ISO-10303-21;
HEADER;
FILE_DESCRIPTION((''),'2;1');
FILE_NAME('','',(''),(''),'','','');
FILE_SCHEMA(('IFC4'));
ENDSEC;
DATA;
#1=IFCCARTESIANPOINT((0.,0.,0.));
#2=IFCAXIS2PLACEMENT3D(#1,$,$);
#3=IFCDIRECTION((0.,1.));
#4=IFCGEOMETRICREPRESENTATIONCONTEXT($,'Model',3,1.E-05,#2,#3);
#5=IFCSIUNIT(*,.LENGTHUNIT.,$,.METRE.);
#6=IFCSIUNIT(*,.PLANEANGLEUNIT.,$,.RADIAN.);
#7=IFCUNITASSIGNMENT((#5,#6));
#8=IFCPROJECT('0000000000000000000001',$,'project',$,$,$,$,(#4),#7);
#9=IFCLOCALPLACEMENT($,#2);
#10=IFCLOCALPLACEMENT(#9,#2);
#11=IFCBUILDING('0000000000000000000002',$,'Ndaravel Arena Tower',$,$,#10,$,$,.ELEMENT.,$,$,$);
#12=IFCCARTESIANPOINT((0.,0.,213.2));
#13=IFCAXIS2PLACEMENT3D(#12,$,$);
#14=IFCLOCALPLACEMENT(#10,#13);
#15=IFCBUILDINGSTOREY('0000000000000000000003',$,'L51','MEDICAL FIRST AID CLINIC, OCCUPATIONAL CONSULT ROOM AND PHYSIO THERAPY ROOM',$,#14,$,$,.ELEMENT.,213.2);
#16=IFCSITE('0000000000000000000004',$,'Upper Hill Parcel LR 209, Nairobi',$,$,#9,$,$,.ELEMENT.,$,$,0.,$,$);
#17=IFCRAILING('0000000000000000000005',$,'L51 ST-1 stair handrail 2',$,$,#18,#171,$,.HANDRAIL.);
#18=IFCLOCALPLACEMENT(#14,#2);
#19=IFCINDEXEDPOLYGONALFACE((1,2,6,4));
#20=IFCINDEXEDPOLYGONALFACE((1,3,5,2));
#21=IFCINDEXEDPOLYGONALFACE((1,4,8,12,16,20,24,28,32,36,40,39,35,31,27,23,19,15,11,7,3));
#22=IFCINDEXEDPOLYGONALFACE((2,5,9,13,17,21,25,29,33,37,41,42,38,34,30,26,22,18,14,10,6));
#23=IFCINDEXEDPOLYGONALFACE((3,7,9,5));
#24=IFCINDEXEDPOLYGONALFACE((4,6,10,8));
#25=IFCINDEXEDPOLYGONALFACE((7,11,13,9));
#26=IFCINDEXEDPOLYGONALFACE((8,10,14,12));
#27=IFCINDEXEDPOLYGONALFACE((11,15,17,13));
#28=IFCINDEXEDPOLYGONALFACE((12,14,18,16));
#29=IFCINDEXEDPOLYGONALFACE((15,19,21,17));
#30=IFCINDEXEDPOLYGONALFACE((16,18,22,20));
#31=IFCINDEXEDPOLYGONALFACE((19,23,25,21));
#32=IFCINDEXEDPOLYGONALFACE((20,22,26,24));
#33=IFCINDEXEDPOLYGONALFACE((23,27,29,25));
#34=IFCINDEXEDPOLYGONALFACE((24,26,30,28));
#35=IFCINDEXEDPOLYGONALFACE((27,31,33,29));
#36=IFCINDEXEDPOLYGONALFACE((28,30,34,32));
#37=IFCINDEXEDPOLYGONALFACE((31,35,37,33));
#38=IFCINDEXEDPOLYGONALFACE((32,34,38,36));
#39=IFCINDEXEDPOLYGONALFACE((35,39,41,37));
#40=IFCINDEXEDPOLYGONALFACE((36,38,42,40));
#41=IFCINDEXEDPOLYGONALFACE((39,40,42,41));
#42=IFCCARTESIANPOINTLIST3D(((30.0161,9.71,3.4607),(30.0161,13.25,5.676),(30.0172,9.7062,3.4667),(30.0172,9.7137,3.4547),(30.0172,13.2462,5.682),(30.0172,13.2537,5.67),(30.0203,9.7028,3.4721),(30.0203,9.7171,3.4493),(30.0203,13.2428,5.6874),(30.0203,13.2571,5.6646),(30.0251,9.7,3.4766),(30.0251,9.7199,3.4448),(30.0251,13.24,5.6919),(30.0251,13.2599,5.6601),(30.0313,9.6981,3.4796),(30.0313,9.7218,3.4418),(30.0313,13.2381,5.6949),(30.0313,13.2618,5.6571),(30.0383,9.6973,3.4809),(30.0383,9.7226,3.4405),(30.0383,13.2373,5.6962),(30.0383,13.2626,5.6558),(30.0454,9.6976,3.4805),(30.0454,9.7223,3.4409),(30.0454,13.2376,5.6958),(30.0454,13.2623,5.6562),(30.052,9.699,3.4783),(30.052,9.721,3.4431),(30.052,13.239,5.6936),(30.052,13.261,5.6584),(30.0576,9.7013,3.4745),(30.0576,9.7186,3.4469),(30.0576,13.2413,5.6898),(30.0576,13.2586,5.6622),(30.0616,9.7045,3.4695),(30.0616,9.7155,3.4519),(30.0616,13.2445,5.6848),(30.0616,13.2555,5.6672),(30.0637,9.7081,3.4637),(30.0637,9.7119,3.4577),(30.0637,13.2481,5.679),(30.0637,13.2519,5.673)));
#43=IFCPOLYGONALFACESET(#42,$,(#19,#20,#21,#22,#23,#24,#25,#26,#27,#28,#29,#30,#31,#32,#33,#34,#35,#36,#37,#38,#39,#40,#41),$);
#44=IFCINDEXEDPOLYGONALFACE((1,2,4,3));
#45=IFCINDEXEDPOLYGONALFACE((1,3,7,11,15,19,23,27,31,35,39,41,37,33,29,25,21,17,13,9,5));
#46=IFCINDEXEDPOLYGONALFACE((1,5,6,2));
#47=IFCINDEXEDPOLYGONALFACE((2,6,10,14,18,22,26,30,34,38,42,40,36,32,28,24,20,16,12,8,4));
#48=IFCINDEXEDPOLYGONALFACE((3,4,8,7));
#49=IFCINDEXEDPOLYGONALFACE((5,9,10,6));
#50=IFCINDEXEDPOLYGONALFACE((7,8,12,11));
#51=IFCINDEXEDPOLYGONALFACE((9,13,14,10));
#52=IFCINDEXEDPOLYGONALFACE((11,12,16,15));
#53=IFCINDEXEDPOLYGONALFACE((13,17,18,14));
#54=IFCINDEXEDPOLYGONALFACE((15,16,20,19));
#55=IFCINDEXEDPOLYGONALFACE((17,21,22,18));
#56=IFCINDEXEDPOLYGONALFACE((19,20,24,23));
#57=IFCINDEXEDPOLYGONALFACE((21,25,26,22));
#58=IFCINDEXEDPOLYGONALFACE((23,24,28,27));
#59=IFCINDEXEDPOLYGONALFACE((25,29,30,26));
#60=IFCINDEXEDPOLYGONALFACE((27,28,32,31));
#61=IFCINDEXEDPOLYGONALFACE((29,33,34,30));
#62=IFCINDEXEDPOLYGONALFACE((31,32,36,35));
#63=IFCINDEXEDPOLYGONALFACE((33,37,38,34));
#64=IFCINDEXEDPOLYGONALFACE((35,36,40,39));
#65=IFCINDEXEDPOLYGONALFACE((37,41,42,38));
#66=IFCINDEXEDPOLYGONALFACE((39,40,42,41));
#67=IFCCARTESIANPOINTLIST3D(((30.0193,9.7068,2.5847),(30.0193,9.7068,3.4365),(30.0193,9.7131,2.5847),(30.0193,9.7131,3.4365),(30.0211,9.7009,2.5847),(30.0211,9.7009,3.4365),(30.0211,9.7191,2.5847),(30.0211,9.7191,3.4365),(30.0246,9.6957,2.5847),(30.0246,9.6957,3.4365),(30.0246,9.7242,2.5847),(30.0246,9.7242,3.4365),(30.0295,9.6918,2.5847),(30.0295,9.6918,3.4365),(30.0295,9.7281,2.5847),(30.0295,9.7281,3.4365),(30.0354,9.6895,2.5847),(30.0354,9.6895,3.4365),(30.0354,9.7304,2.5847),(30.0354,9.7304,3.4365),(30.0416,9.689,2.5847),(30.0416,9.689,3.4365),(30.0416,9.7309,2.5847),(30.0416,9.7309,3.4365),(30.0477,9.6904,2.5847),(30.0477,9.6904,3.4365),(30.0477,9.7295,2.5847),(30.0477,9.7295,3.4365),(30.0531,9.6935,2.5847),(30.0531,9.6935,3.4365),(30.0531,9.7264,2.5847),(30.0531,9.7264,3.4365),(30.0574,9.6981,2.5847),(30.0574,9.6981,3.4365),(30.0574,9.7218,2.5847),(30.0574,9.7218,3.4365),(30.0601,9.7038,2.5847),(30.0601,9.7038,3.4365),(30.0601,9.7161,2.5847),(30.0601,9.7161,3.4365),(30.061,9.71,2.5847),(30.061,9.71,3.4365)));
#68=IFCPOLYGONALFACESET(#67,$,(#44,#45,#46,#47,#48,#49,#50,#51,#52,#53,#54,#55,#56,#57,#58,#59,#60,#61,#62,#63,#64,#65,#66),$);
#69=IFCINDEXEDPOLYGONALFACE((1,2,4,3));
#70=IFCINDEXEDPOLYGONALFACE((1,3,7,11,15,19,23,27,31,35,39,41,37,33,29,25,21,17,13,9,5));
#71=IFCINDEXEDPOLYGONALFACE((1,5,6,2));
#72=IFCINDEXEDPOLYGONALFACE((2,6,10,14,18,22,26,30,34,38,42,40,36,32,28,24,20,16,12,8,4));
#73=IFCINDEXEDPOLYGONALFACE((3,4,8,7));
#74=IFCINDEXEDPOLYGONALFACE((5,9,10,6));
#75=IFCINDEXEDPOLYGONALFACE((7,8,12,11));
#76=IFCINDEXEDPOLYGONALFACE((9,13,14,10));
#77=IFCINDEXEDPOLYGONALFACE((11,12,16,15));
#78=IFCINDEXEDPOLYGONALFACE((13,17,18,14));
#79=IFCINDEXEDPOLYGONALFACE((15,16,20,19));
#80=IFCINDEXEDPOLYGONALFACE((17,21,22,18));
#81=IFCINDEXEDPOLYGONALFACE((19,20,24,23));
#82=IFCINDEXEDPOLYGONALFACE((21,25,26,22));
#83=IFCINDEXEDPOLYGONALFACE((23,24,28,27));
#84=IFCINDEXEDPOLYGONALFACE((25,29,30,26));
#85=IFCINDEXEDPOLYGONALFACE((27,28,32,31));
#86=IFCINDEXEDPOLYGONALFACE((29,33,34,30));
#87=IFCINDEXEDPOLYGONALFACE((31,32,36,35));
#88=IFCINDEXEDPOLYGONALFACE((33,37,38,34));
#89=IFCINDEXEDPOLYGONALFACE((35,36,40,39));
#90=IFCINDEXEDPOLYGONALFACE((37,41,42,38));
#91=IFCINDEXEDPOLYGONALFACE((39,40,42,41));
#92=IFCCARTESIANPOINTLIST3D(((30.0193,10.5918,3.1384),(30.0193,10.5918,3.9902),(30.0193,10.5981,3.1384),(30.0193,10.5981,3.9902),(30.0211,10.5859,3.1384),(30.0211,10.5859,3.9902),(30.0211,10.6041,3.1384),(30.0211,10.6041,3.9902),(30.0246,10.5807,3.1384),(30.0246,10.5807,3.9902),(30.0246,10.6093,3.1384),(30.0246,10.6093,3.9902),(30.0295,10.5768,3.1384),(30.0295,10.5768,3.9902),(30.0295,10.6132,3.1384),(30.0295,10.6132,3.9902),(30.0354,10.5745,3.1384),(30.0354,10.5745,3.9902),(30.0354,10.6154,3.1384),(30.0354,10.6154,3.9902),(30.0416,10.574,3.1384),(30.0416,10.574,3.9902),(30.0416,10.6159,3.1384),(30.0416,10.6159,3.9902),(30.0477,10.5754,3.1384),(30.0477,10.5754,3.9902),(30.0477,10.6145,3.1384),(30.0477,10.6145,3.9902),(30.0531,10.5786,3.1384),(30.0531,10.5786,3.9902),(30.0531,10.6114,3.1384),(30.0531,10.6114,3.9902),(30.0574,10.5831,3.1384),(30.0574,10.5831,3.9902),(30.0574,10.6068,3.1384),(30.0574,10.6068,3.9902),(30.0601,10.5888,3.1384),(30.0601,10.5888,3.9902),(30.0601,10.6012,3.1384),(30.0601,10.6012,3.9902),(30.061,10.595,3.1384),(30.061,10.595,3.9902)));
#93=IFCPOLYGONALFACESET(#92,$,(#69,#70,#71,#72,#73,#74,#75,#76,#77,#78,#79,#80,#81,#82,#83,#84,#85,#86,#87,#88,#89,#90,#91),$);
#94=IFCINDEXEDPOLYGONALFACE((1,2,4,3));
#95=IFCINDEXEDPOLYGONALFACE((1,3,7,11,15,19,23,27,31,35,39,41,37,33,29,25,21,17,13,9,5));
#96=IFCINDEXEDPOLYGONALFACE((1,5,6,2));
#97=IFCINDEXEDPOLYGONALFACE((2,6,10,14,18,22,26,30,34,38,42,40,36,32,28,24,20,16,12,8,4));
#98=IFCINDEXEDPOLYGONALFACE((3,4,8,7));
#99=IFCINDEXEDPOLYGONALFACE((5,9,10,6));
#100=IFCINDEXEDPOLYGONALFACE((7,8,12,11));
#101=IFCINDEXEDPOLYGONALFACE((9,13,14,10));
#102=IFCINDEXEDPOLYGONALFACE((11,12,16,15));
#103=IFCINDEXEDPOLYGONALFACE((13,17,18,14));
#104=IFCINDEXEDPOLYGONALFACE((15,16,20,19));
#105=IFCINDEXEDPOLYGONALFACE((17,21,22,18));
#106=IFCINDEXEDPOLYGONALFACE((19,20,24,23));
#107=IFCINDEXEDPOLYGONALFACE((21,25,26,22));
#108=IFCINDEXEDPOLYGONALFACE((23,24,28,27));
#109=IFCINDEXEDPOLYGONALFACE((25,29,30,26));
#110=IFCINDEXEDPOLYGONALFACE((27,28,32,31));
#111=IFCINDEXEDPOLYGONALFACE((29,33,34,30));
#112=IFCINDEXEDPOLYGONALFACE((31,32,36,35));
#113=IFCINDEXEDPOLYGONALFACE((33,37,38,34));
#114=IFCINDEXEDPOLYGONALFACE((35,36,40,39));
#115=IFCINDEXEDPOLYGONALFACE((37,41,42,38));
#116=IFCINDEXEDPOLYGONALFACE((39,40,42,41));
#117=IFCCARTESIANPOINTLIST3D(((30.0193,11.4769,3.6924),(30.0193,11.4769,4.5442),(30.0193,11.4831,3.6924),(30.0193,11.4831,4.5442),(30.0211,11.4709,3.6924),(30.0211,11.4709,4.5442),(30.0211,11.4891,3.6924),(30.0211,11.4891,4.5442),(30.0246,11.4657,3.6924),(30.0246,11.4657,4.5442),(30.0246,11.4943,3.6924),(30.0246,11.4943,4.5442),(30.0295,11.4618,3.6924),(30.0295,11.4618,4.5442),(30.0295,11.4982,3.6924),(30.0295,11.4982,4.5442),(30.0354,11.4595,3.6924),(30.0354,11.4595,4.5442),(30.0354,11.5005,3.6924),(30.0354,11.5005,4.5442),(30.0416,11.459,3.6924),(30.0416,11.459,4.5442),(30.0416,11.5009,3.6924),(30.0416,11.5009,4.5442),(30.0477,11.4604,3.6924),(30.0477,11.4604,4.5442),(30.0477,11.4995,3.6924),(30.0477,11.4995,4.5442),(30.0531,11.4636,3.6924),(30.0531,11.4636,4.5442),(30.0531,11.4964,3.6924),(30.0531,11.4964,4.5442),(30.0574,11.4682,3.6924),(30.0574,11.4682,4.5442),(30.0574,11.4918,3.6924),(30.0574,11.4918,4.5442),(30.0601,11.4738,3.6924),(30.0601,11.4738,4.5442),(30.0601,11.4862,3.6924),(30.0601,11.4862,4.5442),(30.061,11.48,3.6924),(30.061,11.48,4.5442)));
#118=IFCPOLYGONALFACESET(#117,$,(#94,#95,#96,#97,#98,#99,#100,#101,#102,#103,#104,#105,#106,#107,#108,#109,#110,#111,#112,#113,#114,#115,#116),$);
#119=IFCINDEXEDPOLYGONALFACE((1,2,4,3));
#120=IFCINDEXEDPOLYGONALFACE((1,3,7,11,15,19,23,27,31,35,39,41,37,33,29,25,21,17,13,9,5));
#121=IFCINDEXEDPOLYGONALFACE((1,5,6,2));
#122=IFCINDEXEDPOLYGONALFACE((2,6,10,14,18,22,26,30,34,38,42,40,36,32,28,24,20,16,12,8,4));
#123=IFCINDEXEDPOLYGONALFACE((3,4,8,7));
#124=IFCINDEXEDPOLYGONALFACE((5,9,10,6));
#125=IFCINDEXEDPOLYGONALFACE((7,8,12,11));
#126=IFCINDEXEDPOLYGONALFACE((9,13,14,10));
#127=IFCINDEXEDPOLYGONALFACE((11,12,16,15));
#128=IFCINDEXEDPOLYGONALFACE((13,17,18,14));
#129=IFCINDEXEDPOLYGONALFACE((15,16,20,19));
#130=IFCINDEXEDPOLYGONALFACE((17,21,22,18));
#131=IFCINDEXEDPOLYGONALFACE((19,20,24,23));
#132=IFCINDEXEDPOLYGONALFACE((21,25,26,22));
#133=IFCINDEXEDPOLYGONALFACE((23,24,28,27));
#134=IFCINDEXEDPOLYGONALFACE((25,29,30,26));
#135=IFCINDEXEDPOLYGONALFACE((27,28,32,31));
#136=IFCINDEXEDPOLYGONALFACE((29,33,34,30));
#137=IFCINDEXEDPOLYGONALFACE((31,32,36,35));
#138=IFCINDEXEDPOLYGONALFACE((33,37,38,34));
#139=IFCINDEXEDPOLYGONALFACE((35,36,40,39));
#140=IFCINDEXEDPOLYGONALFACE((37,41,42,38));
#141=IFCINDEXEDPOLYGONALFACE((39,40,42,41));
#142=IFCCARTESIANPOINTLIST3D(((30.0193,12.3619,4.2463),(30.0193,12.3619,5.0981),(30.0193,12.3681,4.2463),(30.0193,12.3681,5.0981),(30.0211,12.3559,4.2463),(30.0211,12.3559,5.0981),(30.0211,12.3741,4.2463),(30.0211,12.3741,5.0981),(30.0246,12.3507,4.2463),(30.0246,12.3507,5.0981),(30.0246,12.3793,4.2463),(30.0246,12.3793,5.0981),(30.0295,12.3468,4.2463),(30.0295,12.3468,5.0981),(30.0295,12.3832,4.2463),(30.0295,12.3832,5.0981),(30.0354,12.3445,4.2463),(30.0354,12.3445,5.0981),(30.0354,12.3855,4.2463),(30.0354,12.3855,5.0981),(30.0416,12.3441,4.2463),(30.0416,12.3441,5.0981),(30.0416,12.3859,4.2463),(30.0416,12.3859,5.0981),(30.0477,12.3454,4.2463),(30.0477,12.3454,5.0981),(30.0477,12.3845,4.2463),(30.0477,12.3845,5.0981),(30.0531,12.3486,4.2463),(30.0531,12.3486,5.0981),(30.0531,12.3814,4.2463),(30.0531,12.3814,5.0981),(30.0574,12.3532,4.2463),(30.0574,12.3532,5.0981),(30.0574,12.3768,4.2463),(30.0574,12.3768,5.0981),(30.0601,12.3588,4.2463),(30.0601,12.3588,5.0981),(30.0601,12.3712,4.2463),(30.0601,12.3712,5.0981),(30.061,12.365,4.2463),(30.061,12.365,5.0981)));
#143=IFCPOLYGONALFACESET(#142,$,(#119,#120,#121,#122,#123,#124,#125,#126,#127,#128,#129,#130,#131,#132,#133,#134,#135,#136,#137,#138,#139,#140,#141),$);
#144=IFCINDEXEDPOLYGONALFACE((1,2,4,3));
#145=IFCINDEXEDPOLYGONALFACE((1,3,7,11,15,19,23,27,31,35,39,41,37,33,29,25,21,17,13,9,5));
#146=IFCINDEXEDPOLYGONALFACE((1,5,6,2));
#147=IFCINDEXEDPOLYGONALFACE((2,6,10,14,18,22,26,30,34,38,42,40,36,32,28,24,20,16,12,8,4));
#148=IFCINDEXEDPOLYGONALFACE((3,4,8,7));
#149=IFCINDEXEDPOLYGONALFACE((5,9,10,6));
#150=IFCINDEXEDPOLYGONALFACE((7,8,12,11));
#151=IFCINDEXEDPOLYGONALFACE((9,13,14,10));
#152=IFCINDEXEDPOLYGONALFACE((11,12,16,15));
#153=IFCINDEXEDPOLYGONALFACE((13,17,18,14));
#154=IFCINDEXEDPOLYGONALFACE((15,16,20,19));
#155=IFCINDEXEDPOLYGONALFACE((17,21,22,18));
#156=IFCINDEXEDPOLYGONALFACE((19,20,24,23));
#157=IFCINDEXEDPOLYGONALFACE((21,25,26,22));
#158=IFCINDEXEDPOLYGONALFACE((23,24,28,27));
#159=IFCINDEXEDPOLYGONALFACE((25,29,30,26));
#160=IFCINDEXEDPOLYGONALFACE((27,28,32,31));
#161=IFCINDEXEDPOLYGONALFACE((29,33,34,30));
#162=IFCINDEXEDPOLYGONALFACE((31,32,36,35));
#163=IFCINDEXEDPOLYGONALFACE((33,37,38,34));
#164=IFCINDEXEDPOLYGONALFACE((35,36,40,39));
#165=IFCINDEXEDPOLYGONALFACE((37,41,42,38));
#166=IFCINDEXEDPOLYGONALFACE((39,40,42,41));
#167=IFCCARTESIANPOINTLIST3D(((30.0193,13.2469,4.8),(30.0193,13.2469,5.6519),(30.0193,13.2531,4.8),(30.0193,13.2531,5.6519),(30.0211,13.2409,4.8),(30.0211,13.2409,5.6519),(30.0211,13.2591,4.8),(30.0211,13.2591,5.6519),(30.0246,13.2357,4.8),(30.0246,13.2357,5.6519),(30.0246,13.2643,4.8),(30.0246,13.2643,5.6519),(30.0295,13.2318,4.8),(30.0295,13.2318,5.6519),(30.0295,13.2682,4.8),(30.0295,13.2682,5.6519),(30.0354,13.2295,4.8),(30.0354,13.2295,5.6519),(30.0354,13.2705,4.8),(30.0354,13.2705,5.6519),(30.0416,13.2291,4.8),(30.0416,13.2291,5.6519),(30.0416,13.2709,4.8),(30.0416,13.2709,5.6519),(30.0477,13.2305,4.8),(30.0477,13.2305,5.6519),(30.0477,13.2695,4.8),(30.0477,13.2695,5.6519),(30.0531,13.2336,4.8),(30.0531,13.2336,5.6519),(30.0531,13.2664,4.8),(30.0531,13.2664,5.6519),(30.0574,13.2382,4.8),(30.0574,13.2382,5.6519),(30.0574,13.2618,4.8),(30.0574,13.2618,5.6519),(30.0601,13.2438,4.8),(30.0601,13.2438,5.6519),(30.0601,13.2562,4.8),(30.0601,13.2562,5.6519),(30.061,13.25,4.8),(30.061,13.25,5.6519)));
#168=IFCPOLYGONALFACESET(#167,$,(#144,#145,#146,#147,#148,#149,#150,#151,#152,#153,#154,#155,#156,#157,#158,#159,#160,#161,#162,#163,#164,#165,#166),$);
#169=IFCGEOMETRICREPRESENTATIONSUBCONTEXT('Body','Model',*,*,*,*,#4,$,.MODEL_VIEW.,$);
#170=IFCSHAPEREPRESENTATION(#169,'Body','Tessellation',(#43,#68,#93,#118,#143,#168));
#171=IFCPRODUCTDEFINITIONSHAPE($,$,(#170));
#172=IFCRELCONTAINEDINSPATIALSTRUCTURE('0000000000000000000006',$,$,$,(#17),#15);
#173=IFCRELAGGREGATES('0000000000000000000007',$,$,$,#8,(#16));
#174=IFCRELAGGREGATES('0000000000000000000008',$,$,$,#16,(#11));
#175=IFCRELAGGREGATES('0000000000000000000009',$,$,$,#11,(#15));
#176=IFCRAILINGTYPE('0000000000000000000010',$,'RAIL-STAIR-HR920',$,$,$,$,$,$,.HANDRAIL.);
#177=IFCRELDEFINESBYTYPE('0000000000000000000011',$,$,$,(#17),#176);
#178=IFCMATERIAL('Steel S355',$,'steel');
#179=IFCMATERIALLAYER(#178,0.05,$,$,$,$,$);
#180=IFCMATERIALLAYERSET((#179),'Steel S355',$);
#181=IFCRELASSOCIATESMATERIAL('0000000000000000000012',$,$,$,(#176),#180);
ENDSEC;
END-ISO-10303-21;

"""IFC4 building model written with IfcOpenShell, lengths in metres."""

from ifc_helpers import new_model, si_unit, direction, frame, origin, origin_2d, place, context, subcontext, project, spatial, circle, extrude, material, layer, layer_set, type_object, element, save


model = new_model("IFC4")

# Units and contexts
model_context = context("Model", 3, precision=1e-05, world=origin(), true_north=direction((0.0, 1.0)))
body_context = subcontext(model_context, "Body", "Model", "MODEL_VIEW")
ifc_project = project(units=[si_unit("LENGTHUNIT", "METRE"), si_unit("PLANEANGLEUNIT", "RADIAN")], contexts=[model_context])

# Site, building, storey
site_placement = place(None, origin())
site = spatial("IfcSite", under=ifc_project, at=site_placement, Name="Upper Hill Parcel LR 209, Nairobi", CompositionType="ELEMENT", RefElevation=0.0)
building_placement = place(site_placement, origin())
building = spatial("IfcBuilding", under=site, at=building_placement, Name="Ndaravel Arena Tower", CompositionType="ELEMENT")
storey_placement = place(building_placement, frame((0.0, 0.0, 213.2)))
storey = spatial("IfcBuildingStorey", under=building, at=storey_placement, Name="L51", Description="MEDICAL FIRST AID CLINIC, OCCUPATIONAL CONSULT ROOM AND PHYSIO THERAPY ROOM", CompositionType="ELEMENT", Elevation=213.2)

# Railing
ifc_material_1 = material(Name="Steel S355", Category="steel")
ifc_layer_1 = layer(ifc_material_1, 0.05)
ifc_layer_set_1 = layer_set([ifc_layer_1], Name="Steel S355")
railing_type_1 = type_object("IfcRailingType", Name="RAIL-STAIR-HR920", PredefinedType="HANDRAIL", material=ifc_layer_set_1)
railing_1_placement = place(storey_placement, frame((30.04, 9.71, 2.5847)))
element("IfcRailing", 1, at=railing_1_placement, inside=storey, type_object=railing_type_1, Name="L51 ST-1 stair handrail 2", PredefinedType="HANDRAIL", context=body_context, shape_type="SweptSolid", body=[
    extrude(circle(Radius=0.0239, at=origin_2d()), frame((0.0, 0.0, 0.876), z_axis=(0.0, 0.847696, 0.530482), x_axis=(-1.0, 0.0, 0.0)), (0.0, 0.0, 1.0), 4.176),
    extrude(circle(Radius=0.021, at=origin_2d()), origin(), (0.0, 0.0, 1.0), 0.8518),
    extrude(circle(Radius=0.021, at=origin_2d()), frame((0.0, 0.885, 0.5537)), (0.0, 0.0, 1.0), 0.8518),
    extrude(circle(Radius=0.021, at=origin_2d()), frame((0.0, 1.77, 1.1077)), (0.0, 0.0, 1.0), 0.8518),
    extrude(circle(Radius=0.021, at=origin_2d()), frame((0.0, 2.655, 1.6616)), (0.0, 0.0, 1.0), 0.8518),
    extrude(circle(Radius=0.021, at=origin_2d()), frame((0.0, 3.54, 2.2153)), (0.0, 0.0, 1.0), 0.8518),
])

save(model, "model.ifc")
